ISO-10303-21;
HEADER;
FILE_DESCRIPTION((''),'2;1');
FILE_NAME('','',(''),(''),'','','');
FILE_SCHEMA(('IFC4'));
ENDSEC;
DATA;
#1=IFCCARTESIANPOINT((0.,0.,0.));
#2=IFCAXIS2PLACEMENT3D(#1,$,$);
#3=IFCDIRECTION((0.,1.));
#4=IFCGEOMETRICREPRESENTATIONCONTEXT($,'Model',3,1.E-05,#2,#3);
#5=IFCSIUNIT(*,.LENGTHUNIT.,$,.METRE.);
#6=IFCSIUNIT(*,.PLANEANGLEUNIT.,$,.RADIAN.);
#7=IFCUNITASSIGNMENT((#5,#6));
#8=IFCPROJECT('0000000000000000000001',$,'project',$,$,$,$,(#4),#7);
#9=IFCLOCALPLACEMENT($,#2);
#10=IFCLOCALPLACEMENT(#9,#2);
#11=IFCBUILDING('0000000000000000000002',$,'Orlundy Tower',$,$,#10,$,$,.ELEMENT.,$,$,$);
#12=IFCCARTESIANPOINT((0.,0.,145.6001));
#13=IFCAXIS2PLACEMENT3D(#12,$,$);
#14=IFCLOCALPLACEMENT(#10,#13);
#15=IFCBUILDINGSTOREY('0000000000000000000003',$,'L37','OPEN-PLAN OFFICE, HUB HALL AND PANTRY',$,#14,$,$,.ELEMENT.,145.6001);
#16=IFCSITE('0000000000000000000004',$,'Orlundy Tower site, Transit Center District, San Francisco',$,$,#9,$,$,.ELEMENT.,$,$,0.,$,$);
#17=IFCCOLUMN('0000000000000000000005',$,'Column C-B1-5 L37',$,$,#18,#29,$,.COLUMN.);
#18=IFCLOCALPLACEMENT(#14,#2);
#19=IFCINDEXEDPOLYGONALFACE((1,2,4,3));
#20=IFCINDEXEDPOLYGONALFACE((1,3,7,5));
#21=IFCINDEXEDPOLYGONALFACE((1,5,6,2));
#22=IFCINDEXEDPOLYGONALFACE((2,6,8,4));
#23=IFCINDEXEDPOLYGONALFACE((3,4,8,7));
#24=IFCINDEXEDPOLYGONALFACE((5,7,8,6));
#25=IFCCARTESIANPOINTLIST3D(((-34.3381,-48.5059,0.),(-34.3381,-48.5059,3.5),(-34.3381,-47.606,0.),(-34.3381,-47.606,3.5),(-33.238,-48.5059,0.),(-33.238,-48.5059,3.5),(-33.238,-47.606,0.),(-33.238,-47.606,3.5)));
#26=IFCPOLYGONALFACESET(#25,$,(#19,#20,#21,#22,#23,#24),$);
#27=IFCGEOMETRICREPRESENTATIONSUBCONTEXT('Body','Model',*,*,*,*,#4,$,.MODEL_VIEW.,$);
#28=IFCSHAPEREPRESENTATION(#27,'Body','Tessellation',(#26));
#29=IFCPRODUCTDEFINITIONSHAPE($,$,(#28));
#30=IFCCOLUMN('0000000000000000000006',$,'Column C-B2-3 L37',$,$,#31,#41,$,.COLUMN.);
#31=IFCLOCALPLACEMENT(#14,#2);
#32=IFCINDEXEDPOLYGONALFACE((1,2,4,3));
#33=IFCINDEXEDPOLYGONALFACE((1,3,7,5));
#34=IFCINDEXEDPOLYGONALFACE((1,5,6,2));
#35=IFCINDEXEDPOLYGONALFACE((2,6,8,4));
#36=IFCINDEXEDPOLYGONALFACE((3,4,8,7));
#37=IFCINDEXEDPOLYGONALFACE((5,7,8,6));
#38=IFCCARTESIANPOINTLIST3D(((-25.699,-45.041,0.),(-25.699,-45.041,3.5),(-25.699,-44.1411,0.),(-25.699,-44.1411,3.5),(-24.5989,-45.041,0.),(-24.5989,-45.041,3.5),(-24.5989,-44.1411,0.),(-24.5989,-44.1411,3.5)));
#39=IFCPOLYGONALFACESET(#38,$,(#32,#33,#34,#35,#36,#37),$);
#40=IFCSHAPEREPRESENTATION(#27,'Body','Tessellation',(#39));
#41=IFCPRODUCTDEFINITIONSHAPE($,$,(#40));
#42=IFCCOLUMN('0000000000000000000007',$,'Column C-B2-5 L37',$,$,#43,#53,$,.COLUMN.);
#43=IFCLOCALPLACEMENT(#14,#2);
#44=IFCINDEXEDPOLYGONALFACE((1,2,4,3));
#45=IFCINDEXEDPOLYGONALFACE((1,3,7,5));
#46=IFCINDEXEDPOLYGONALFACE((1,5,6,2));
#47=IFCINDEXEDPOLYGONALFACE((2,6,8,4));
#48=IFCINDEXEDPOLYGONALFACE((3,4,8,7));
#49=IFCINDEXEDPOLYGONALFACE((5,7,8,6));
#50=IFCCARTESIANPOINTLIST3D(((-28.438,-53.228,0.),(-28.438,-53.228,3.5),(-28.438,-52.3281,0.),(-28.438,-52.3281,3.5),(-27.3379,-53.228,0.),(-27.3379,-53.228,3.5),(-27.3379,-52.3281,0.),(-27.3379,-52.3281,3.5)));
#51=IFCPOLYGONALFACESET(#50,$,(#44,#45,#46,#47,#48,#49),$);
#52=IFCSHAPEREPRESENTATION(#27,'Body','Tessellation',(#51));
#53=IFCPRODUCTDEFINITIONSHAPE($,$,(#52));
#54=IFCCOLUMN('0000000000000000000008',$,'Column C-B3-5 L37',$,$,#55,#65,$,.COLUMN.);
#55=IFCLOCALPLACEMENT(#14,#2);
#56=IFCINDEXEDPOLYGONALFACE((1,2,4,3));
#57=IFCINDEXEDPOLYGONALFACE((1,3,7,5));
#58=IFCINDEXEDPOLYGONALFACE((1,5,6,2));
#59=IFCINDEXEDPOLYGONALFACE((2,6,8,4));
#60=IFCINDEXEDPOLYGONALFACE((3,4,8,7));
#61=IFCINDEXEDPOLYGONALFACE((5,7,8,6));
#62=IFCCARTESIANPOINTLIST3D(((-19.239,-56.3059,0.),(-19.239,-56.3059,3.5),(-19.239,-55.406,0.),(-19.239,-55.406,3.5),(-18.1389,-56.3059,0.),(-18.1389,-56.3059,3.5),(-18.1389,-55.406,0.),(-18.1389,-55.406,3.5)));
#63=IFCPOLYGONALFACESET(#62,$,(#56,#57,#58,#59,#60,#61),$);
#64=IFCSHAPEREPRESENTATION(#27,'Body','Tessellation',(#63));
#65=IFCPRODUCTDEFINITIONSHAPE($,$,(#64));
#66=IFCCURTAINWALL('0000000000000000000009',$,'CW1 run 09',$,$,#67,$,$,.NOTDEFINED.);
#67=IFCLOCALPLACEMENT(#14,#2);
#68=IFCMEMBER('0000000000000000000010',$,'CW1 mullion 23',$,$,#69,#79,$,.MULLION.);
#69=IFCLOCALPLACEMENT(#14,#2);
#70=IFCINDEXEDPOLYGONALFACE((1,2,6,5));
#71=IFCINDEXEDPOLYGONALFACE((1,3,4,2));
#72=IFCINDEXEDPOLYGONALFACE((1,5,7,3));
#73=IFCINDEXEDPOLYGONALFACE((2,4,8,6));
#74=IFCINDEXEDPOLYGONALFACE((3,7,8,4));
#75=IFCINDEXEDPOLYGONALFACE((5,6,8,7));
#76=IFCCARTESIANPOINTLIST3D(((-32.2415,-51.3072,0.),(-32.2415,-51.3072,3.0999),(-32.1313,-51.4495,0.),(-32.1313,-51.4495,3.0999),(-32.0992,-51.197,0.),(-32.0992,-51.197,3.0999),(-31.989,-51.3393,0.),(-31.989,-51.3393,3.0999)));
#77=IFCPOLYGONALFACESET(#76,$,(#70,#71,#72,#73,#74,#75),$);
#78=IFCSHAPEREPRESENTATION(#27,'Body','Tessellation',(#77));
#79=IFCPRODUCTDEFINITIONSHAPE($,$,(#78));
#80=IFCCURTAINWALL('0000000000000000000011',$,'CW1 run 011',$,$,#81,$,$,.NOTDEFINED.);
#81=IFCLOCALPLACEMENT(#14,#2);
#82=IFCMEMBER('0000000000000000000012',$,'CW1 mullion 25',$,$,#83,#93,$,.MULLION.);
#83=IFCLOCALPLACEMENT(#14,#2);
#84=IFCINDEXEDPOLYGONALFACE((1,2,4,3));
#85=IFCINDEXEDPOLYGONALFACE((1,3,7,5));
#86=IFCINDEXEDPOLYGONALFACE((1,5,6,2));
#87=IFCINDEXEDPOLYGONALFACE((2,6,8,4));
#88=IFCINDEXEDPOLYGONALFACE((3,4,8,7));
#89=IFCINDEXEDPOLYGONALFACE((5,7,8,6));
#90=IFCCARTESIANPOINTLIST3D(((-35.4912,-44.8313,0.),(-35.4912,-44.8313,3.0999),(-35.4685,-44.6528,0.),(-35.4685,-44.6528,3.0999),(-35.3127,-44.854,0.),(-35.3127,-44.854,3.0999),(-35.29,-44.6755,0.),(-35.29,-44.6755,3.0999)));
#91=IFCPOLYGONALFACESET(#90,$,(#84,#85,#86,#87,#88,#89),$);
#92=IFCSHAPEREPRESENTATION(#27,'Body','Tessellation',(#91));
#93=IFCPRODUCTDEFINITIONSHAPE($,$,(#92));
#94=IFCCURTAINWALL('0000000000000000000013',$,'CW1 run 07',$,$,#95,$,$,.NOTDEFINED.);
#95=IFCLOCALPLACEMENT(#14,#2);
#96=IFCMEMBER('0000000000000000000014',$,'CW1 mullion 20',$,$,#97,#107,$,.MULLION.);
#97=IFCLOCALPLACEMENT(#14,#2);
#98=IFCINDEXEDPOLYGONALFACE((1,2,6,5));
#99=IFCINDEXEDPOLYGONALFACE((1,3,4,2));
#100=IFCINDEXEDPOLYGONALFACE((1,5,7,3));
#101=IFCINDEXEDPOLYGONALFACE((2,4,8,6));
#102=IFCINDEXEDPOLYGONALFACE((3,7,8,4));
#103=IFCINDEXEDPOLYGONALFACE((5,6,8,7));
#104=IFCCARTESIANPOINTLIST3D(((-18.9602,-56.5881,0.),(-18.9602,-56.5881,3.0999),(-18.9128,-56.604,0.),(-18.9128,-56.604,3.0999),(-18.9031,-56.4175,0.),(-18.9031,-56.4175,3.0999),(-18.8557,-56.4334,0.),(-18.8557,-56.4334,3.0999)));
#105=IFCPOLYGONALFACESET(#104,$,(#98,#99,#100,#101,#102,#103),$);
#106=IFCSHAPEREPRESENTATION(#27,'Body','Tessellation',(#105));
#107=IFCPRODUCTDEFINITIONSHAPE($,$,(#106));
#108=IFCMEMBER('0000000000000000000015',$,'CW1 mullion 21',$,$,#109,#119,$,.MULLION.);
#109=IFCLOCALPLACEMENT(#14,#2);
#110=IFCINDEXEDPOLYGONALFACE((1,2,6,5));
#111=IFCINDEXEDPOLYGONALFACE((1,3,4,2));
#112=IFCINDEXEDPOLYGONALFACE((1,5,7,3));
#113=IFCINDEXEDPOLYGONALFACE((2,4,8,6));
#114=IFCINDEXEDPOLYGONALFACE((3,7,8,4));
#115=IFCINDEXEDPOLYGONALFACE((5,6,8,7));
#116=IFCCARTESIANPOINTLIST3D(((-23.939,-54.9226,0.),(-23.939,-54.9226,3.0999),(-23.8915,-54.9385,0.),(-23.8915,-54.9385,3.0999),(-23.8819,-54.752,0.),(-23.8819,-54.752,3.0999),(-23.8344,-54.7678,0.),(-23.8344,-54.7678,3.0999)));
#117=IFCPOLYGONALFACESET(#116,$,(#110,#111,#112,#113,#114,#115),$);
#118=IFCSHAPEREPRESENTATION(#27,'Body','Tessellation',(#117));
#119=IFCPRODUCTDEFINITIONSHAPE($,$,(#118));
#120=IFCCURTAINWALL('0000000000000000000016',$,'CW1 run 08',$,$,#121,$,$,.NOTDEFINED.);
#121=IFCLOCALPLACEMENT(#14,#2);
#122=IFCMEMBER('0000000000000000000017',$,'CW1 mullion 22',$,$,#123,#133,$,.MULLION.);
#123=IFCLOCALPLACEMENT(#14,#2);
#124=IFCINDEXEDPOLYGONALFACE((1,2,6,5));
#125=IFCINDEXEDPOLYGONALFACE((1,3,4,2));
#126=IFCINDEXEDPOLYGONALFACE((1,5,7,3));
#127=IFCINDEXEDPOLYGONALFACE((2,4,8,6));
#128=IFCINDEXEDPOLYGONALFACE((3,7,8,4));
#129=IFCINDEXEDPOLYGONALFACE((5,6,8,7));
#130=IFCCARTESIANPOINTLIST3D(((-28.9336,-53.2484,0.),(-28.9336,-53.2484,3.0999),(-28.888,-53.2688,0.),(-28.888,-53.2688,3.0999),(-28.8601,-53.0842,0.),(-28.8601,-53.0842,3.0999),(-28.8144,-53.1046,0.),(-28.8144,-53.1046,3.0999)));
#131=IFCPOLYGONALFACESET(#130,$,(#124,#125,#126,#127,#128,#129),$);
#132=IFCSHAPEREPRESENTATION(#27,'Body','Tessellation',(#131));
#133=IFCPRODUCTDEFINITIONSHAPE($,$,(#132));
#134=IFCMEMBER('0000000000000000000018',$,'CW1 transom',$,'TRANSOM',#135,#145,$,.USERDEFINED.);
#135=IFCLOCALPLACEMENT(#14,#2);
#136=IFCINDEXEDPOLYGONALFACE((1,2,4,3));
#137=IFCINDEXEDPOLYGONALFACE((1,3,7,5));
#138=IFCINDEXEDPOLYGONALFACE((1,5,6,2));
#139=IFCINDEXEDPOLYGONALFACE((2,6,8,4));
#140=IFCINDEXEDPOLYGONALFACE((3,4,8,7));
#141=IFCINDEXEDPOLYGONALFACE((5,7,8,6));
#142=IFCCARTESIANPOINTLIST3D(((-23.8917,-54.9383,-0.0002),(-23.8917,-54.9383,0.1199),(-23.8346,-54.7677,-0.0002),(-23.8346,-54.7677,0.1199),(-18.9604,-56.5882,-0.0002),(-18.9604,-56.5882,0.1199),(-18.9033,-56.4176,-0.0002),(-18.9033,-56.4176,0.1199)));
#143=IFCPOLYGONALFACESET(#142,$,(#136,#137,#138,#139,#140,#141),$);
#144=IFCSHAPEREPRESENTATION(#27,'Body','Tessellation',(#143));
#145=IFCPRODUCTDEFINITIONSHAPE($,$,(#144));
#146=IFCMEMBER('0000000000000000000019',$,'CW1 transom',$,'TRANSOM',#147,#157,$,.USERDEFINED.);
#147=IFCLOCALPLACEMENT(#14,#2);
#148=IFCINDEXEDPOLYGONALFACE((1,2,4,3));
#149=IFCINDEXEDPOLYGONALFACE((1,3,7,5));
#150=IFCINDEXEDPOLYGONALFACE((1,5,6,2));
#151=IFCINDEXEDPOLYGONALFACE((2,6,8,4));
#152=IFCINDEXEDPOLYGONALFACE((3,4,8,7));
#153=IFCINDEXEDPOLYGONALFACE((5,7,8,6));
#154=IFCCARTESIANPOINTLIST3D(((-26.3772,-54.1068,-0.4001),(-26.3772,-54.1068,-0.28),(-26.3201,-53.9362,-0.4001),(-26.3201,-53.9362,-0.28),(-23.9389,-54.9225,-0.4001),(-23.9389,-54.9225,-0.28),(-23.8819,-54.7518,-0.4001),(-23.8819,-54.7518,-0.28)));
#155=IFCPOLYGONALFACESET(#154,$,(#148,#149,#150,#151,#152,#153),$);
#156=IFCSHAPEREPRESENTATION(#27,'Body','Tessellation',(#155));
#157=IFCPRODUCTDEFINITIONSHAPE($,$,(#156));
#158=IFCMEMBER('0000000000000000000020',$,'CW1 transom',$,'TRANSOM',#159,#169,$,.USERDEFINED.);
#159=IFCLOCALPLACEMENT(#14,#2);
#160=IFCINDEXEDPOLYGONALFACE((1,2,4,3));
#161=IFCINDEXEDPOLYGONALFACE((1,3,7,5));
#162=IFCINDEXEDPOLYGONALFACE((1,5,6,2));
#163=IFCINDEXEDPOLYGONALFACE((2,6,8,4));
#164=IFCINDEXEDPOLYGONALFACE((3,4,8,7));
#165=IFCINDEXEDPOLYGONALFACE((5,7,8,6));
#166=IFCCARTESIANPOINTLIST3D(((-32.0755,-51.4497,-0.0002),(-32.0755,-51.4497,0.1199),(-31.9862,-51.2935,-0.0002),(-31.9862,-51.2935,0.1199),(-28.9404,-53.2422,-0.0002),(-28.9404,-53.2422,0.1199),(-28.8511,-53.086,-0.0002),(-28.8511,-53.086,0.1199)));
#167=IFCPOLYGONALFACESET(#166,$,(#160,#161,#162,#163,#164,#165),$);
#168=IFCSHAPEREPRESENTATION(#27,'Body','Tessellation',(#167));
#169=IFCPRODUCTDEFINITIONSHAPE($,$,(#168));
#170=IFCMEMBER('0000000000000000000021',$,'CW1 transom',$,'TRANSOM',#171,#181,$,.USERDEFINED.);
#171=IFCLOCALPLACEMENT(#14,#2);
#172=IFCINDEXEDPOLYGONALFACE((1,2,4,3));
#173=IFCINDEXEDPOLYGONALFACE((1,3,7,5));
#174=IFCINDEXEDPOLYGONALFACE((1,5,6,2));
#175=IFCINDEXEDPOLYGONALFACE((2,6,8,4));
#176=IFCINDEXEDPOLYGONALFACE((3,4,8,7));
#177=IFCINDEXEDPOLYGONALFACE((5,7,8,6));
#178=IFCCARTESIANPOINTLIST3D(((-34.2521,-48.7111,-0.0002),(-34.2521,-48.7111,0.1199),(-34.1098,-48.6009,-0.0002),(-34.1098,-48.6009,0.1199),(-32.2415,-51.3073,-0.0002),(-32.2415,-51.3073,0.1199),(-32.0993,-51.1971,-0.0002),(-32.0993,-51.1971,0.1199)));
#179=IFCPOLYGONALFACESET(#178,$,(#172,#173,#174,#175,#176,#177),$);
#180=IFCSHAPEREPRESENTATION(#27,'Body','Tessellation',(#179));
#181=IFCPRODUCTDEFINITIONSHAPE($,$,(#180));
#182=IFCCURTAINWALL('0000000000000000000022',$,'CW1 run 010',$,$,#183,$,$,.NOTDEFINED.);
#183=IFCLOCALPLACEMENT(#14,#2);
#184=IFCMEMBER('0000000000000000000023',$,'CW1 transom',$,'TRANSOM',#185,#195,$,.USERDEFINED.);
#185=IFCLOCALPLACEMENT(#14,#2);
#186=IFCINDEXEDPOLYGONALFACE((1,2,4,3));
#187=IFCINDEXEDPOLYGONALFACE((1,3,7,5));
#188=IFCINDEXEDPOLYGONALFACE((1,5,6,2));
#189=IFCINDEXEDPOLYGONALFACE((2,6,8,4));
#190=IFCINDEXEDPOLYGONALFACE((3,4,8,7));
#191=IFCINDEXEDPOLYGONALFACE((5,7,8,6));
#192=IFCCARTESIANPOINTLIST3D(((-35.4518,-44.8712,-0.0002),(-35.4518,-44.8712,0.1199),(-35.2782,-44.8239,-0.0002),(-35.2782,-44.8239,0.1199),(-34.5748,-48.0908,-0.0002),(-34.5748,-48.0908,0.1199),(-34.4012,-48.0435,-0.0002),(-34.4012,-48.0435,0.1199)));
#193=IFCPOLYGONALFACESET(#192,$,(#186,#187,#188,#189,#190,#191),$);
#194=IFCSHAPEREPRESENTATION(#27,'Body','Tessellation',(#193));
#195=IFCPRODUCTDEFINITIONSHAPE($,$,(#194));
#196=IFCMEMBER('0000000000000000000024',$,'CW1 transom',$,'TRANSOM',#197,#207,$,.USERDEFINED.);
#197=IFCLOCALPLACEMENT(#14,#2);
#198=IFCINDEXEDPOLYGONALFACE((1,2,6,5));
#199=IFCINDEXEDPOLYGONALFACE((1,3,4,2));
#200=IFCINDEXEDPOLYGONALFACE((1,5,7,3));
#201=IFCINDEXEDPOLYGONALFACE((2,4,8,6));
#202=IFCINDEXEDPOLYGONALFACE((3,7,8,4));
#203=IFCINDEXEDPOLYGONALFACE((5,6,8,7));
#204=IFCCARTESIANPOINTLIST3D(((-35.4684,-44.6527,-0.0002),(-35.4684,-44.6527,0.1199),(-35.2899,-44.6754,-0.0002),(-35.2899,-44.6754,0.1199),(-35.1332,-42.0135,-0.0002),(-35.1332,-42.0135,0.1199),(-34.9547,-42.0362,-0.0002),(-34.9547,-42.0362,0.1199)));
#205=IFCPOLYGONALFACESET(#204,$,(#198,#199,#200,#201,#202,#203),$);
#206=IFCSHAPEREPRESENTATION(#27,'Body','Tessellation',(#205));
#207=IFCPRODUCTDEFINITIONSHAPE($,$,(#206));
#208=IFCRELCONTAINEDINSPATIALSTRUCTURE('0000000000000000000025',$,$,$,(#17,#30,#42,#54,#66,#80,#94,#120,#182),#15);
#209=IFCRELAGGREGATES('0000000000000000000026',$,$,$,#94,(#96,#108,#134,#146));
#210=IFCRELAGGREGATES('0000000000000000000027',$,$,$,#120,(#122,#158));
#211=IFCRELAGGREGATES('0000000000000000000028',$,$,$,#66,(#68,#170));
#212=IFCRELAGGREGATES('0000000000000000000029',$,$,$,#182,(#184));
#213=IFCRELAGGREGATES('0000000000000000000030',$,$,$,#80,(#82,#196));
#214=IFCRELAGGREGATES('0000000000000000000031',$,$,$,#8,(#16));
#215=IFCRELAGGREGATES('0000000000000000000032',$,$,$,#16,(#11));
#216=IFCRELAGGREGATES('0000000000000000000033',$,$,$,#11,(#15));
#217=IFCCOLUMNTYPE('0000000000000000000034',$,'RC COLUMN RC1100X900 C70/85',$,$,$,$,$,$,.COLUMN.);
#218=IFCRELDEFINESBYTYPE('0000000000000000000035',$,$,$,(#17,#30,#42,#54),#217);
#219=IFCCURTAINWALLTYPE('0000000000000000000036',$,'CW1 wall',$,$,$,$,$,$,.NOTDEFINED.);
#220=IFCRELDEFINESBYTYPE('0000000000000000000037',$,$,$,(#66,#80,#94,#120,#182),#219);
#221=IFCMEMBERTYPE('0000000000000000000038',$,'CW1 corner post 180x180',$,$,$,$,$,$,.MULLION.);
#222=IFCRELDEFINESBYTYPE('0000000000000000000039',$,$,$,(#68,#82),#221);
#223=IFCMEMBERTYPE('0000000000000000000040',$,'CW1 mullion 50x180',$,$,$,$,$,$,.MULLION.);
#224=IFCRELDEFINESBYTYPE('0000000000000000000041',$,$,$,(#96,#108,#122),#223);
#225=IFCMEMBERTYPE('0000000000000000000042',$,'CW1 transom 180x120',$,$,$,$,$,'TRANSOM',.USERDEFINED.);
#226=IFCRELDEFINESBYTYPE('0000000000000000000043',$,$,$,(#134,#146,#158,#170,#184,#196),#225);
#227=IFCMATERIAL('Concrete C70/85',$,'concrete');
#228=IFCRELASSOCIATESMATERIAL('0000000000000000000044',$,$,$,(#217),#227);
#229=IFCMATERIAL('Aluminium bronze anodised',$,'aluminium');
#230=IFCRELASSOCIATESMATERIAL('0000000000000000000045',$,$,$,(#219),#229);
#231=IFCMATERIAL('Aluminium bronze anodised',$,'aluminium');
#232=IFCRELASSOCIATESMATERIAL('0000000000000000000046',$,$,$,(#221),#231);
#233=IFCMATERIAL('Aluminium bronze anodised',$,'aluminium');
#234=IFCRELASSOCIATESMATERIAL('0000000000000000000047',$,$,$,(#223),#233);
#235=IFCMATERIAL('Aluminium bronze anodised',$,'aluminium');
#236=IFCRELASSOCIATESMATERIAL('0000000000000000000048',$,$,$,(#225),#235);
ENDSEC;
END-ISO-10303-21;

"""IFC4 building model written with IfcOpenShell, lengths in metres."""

from ifc_helpers import new_model, si_unit, direction, frame, origin, origin_2d, place, context, subcontext, project, spatial, rectangle, extrude, material, material_profile, profile_set, type_object, element, aggregate, save


model = new_model("IFC4")

# Units and contexts
model_context = context("Model", 3, precision=1e-05, world=origin(), true_north=direction((0.0, 1.0)))
body_context = subcontext(model_context, "Body", "Model", "MODEL_VIEW")
ifc_project = project(units=[si_unit("LENGTHUNIT", "METRE"), si_unit("PLANEANGLEUNIT", "RADIAN")], contexts=[model_context])

# Site, building, storey
site_placement = place(None, origin())
site = spatial("IfcSite", under=ifc_project, at=site_placement, Name="Orlundy Tower site, Transit Center District, San Francisco", CompositionType="ELEMENT", RefElevation=0.0)
building_placement = place(site_placement, origin())
building = spatial("IfcBuilding", under=site, at=building_placement, Name="Orlundy Tower", CompositionType="ELEMENT")
storey_placement = place(building_placement, frame((0.0, 0.0, 145.6001)))
storey = spatial("IfcBuildingStorey", under=building, at=storey_placement, Name="L37", Description="OPEN-PLAN OFFICE, HUB HALL AND PANTRY", CompositionType="ELEMENT", Elevation=145.6001)

# Columns
ifc_material_1 = material(Name="Concrete C70/85", Category="concrete")
ifc_material_profile_1 = material_profile(ifc_material_1, rectangle(XDim=1.1001, YDim=0.8999, at=origin_2d()), Name="RC1100X900")
ifc_profile_set_1 = profile_set([ifc_material_profile_1], Name="Concrete C70/85")
column_type = type_object("IfcColumnType", Name="RC COLUMN RC1100X900 C70/85", PredefinedType="COLUMN", material=ifc_profile_set_1)
for number, where, z_axis, x_axis, name in (
    (1, (-33.7881, -48.0559, 0.0), (0.0, 0.0, 1.0), (1.0, 0.0, 0.0), "Column C-B1-5 L37"),
    (2, (-25.1489, -44.5911, 0.0), (0.0, 0.0, 1.0), (1.0, 0.0, 0.0), "Column C-B2-3 L37"),
    (3, (-27.8879, -52.7781, 0.0), (0.0, 0.0, 1.0), (1.0, 0.0, 0.0), "Column C-B2-5 L37"),
    (4, (-18.689, -55.856, 0.0), (0.0, 0.0, 1.0), (1.0, 0.0, 0.0), "Column C-B3-5 L37"),
):
    element("IfcColumn", number, at=place(storey_placement, frame(where, z_axis=z_axis, x_axis=x_axis)), inside=storey, type_object=column_type, Name=name, PredefinedType="COLUMN", context=body_context, shape_type="SweptSolid", body=[
        extrude(rectangle(XDim=1.1001, YDim=0.8999, at=origin_2d()), origin(), (0.0, 0.0, 1.0), 3.5),
    ])

# Curtain walls, members
ifc_material_2 = material(Name="Aluminium bronze anodised", Category="aluminium")
curtain_wall_type = type_object("IfcCurtainWallType", Name="CW1 wall", PredefinedType="NOTDEFINED", material=ifc_material_2)
curtain_wall_1_placement = place(storey_placement, origin())
curtain_wall_1 = element("IfcCurtainWall", 5, at=curtain_wall_1_placement, inside=storey, type_object=curtain_wall_type, Name="CW1 run 09", PredefinedType="NOTDEFINED")
ifc_material_3 = material(Name="Aluminium bronze anodised", Category="aluminium")
ifc_material_profile_2 = material_profile(ifc_material_3, rectangle(XDim=0.1799, YDim=0.1799, at=origin_2d()), Name="CW1 corner post 180x180")
ifc_profile_set_2 = profile_set([ifc_material_profile_2], Name="Aluminium bronze anodised")
member_type_1 = type_object("IfcMemberType", Name="CW1 corner post 180x180", PredefinedType="MULLION", material=ifc_profile_set_2)
member_1_placement = place(storey_placement, frame((-32.1152, -51.3232, 0.0), z_axis=(0.0, 0.0, 1.0), x_axis=(-0.790614, -0.612315, 0.0)))
member_1 = element("IfcMember", 6, at=member_1_placement, type_object=member_type_1, Name="CW1 mullion 23", PredefinedType="MULLION", context=body_context, shape_type="SweptSolid", body=[
    extrude(rectangle(XDim=0.1799, YDim=0.1799, at=origin_2d()), origin(), (0.0, 0.0, 1.0), 3.0999),
])
curtain_wall_2_placement = place(storey_placement, origin())
curtain_wall_2 = element("IfcCurtainWall", 7, at=curtain_wall_2_placement, inside=storey, type_object=curtain_wall_type, Name="CW1 run 011", PredefinedType="NOTDEFINED")
member_2_placement = place(storey_placement, frame((-35.3906, -44.7534, 0.0), z_axis=(0.0, 0.0, 1.0), x_axis=(-0.992031, 0.125994, 0.0)))
member_2 = element("IfcMember", 8, at=member_2_placement, type_object=member_type_1, Name="CW1 mullion 25", PredefinedType="MULLION", context=body_context, shape_type="SweptSolid", body=[
    extrude(rectangle(XDim=0.1799, YDim=0.1799, at=origin_2d()), origin(), (0.0, 0.0, 1.0), 3.0999),
])

# Curtain wall, members
curtain_wall_3_placement = place(storey_placement, origin())
curtain_wall_3 = element("IfcCurtainWall", 9, at=curtain_wall_3_placement, inside=storey, type_object=curtain_wall_type, Name="CW1 run 07", PredefinedType="NOTDEFINED")
ifc_material_4 = material(Name="Aluminium bronze anodised", Category="aluminium")
ifc_material_profile_3 = material_profile(ifc_material_4, rectangle(XDim=0.1799, YDim=0.05, at=origin_2d()), Name="CW1 mullion 50x180")
ifc_profile_set_3 = profile_set([ifc_material_profile_3], Name="Aluminium bronze anodised")
member_type_2 = type_object("IfcMemberType", Name="CW1 mullion 50x180", PredefinedType="MULLION", material=ifc_profile_set_3)
member_3_placement = place(storey_placement, frame((-18.908, -56.5107, 0.0), z_axis=(0.0, 0.0, 1.0), x_axis=(-0.317285, -0.94833, 0.0)))
member_3 = element("IfcMember", 10, at=member_3_placement, type_object=member_type_2, Name="CW1 mullion 20", PredefinedType="MULLION", context=body_context, shape_type="SweptSolid", body=[
    extrude(rectangle(XDim=0.1799, YDim=0.05, at=origin_2d()), origin(), (0.0, 0.0, 1.0), 3.0999),
])
member_4_placement = place(storey_placement, frame((-23.8867, -54.8452, 0.0), z_axis=(0.0, 0.0, 1.0), x_axis=(-0.317285, -0.94833, 0.0)))
member_4 = element("IfcMember", 11, at=member_4_placement, type_object=member_type_2, Name="CW1 mullion 21", PredefinedType="MULLION", context=body_context, shape_type="SweptSolid", body=[
    extrude(rectangle(XDim=0.1799, YDim=0.05, at=origin_2d()), origin(), (0.0, 0.0, 1.0), 3.0999),
])

# Curtain wall, member
curtain_wall_4_placement = place(storey_placement, origin())
curtain_wall_4 = element("IfcCurtainWall", 12, at=curtain_wall_4_placement, inside=storey, type_object=curtain_wall_type, Name="CW1 run 08", PredefinedType="NOTDEFINED")
member_5_placement = place(storey_placement, frame((-28.874, -53.1765, 0.0), z_axis=(0.0, 0.0, 1.0), x_axis=(-0.408801, -0.912624, 0.0)))
member_5 = element("IfcMember", 13, at=member_5_placement, type_object=member_type_2, Name="CW1 mullion 22", PredefinedType="MULLION", context=body_context, shape_type="SweptSolid", body=[
    extrude(rectangle(XDim=0.1799, YDim=0.05, at=origin_2d()), origin(), (0.0, 0.0, 1.0), 3.0999),
])

# Members
ifc_material_5 = material(Name="Aluminium bronze anodised", Category="aluminium")
ifc_material_profile_4 = material_profile(ifc_material_5, rectangle(XDim=0.1799, YDim=0.1201, at=origin_2d()), Name="CW1 transom 180x120")
ifc_profile_set_4 = profile_set([ifc_material_profile_4], Name="Aluminium bronze anodised")
member_type_3 = type_object("IfcMemberType", Name="CW1 transom 180x120", ElementType="TRANSOM", PredefinedType="USERDEFINED", material=ifc_profile_set_4)
member_6_placement = place(storey_placement, frame((-18.9319, -56.5029, 0.0598), z_axis=(-0.948326, 0.317298, 0.0), x_axis=(-0.317298, -0.948326, 0.0)))
member_6 = element("IfcMember", 14, at=member_6_placement, type_object=member_type_3, Name="CW1 transom", ObjectType="TRANSOM", PredefinedType="USERDEFINED", context=body_context, shape_type="SweptSolid", body=[
    extrude(rectangle(XDim=0.1799, YDim=0.1201, at=origin_2d()), origin(), (0.0, 0.0, 1.0), 5.2),
])
member_7_placement = place(storey_placement, frame((-23.9104, -54.8372, -0.3401), z_axis=(-0.948341, 0.317253, 0.0), x_axis=(-0.317253, -0.948341, 0.0)))
member_7 = element("IfcMember", 15, at=member_7_placement, type_object=member_type_3, Name="CW1 transom", ObjectType="TRANSOM", PredefinedType="USERDEFINED", context=body_context, shape_type="SweptSolid", body=[
    extrude(rectangle(XDim=0.1799, YDim=0.1201, at=origin_2d()), origin(), (0.0, 0.0, 1.0), 2.571),
])
member_8_placement = place(storey_placement, frame((-28.8958, -53.1641, 0.0598), z_axis=(-0.868118, 0.496357, 0.0), x_axis=(-0.496357, -0.868118, 0.0)))
member_8 = element("IfcMember", 16, at=member_8_placement, type_object=member_type_3, Name="CW1 transom", ObjectType="TRANSOM", PredefinedType="USERDEFINED", context=body_context, shape_type="SweptSolid", body=[
    extrude(rectangle(XDim=0.1799, YDim=0.1201, at=origin_2d()), origin(), (0.0, 0.0, 1.0), 3.6113),
])
member_9_placement = place(storey_placement, frame((-32.1704, -51.2522, 0.0598), z_axis=(-0.612277, 0.790644, 0.0), x_axis=(-0.790644, -0.612277, 0.0)))
member_9 = element("IfcMember", 17, at=member_9_placement, type_object=member_type_3, Name="CW1 transom", ObjectType="TRANSOM", PredefinedType="USERDEFINED", context=body_context, shape_type="SweptSolid", body=[
    extrude(rectangle(XDim=0.1799, YDim=0.1201, at=origin_2d()), origin(), (0.0, 0.0, 1.0), 3.2837),
])

# Curtain wall, member
curtain_wall_5_placement = place(storey_placement, origin())
curtain_wall_5 = element("IfcCurtainWall", 18, at=curtain_wall_5_placement, inside=storey, type_object=curtain_wall_type, Name="CW1 run 010", PredefinedType="NOTDEFINED")
member_10_placement = place(storey_placement, frame((-34.488, -48.0671, 0.0598), z_axis=(-0.262795, 0.964852, 0.0), x_axis=(-0.964852, -0.262795, 0.0)))
member_10 = element("IfcMember", 19, at=member_10_placement, type_object=member_type_3, Name="CW1 transom", ObjectType="TRANSOM", PredefinedType="USERDEFINED", context=body_context, shape_type="SweptSolid", body=[
    extrude(rectangle(XDim=0.1799, YDim=0.1201, at=origin_2d()), origin(), (0.0, 0.0, 1.0), 3.3369),
])

# Member
member_11_placement = place(storey_placement, frame((-35.3792, -44.6641, 0.0598), z_axis=(0.126, 0.99203, 0.0), x_axis=(-0.99203, 0.126, 0.0)))
member_11 = element("IfcMember", 20, at=member_11_placement, type_object=member_type_3, Name="CW1 transom", ObjectType="TRANSOM", PredefinedType="USERDEFINED", context=body_context, shape_type="SweptSolid", body=[
    extrude(rectangle(XDim=0.1799, YDim=0.1201, at=origin_2d()), origin(), (0.0, 0.0, 1.0), 2.6604),
])

aggregate(curtain_wall_3, [member_3, member_4, member_6, member_7])
aggregate(curtain_wall_4, [member_5, member_8])
aggregate(curtain_wall_1, [member_1, member_9])
aggregate(curtain_wall_5, [member_10])
aggregate(curtain_wall_2, [member_2, member_11])

save(model, "model.ifc")
